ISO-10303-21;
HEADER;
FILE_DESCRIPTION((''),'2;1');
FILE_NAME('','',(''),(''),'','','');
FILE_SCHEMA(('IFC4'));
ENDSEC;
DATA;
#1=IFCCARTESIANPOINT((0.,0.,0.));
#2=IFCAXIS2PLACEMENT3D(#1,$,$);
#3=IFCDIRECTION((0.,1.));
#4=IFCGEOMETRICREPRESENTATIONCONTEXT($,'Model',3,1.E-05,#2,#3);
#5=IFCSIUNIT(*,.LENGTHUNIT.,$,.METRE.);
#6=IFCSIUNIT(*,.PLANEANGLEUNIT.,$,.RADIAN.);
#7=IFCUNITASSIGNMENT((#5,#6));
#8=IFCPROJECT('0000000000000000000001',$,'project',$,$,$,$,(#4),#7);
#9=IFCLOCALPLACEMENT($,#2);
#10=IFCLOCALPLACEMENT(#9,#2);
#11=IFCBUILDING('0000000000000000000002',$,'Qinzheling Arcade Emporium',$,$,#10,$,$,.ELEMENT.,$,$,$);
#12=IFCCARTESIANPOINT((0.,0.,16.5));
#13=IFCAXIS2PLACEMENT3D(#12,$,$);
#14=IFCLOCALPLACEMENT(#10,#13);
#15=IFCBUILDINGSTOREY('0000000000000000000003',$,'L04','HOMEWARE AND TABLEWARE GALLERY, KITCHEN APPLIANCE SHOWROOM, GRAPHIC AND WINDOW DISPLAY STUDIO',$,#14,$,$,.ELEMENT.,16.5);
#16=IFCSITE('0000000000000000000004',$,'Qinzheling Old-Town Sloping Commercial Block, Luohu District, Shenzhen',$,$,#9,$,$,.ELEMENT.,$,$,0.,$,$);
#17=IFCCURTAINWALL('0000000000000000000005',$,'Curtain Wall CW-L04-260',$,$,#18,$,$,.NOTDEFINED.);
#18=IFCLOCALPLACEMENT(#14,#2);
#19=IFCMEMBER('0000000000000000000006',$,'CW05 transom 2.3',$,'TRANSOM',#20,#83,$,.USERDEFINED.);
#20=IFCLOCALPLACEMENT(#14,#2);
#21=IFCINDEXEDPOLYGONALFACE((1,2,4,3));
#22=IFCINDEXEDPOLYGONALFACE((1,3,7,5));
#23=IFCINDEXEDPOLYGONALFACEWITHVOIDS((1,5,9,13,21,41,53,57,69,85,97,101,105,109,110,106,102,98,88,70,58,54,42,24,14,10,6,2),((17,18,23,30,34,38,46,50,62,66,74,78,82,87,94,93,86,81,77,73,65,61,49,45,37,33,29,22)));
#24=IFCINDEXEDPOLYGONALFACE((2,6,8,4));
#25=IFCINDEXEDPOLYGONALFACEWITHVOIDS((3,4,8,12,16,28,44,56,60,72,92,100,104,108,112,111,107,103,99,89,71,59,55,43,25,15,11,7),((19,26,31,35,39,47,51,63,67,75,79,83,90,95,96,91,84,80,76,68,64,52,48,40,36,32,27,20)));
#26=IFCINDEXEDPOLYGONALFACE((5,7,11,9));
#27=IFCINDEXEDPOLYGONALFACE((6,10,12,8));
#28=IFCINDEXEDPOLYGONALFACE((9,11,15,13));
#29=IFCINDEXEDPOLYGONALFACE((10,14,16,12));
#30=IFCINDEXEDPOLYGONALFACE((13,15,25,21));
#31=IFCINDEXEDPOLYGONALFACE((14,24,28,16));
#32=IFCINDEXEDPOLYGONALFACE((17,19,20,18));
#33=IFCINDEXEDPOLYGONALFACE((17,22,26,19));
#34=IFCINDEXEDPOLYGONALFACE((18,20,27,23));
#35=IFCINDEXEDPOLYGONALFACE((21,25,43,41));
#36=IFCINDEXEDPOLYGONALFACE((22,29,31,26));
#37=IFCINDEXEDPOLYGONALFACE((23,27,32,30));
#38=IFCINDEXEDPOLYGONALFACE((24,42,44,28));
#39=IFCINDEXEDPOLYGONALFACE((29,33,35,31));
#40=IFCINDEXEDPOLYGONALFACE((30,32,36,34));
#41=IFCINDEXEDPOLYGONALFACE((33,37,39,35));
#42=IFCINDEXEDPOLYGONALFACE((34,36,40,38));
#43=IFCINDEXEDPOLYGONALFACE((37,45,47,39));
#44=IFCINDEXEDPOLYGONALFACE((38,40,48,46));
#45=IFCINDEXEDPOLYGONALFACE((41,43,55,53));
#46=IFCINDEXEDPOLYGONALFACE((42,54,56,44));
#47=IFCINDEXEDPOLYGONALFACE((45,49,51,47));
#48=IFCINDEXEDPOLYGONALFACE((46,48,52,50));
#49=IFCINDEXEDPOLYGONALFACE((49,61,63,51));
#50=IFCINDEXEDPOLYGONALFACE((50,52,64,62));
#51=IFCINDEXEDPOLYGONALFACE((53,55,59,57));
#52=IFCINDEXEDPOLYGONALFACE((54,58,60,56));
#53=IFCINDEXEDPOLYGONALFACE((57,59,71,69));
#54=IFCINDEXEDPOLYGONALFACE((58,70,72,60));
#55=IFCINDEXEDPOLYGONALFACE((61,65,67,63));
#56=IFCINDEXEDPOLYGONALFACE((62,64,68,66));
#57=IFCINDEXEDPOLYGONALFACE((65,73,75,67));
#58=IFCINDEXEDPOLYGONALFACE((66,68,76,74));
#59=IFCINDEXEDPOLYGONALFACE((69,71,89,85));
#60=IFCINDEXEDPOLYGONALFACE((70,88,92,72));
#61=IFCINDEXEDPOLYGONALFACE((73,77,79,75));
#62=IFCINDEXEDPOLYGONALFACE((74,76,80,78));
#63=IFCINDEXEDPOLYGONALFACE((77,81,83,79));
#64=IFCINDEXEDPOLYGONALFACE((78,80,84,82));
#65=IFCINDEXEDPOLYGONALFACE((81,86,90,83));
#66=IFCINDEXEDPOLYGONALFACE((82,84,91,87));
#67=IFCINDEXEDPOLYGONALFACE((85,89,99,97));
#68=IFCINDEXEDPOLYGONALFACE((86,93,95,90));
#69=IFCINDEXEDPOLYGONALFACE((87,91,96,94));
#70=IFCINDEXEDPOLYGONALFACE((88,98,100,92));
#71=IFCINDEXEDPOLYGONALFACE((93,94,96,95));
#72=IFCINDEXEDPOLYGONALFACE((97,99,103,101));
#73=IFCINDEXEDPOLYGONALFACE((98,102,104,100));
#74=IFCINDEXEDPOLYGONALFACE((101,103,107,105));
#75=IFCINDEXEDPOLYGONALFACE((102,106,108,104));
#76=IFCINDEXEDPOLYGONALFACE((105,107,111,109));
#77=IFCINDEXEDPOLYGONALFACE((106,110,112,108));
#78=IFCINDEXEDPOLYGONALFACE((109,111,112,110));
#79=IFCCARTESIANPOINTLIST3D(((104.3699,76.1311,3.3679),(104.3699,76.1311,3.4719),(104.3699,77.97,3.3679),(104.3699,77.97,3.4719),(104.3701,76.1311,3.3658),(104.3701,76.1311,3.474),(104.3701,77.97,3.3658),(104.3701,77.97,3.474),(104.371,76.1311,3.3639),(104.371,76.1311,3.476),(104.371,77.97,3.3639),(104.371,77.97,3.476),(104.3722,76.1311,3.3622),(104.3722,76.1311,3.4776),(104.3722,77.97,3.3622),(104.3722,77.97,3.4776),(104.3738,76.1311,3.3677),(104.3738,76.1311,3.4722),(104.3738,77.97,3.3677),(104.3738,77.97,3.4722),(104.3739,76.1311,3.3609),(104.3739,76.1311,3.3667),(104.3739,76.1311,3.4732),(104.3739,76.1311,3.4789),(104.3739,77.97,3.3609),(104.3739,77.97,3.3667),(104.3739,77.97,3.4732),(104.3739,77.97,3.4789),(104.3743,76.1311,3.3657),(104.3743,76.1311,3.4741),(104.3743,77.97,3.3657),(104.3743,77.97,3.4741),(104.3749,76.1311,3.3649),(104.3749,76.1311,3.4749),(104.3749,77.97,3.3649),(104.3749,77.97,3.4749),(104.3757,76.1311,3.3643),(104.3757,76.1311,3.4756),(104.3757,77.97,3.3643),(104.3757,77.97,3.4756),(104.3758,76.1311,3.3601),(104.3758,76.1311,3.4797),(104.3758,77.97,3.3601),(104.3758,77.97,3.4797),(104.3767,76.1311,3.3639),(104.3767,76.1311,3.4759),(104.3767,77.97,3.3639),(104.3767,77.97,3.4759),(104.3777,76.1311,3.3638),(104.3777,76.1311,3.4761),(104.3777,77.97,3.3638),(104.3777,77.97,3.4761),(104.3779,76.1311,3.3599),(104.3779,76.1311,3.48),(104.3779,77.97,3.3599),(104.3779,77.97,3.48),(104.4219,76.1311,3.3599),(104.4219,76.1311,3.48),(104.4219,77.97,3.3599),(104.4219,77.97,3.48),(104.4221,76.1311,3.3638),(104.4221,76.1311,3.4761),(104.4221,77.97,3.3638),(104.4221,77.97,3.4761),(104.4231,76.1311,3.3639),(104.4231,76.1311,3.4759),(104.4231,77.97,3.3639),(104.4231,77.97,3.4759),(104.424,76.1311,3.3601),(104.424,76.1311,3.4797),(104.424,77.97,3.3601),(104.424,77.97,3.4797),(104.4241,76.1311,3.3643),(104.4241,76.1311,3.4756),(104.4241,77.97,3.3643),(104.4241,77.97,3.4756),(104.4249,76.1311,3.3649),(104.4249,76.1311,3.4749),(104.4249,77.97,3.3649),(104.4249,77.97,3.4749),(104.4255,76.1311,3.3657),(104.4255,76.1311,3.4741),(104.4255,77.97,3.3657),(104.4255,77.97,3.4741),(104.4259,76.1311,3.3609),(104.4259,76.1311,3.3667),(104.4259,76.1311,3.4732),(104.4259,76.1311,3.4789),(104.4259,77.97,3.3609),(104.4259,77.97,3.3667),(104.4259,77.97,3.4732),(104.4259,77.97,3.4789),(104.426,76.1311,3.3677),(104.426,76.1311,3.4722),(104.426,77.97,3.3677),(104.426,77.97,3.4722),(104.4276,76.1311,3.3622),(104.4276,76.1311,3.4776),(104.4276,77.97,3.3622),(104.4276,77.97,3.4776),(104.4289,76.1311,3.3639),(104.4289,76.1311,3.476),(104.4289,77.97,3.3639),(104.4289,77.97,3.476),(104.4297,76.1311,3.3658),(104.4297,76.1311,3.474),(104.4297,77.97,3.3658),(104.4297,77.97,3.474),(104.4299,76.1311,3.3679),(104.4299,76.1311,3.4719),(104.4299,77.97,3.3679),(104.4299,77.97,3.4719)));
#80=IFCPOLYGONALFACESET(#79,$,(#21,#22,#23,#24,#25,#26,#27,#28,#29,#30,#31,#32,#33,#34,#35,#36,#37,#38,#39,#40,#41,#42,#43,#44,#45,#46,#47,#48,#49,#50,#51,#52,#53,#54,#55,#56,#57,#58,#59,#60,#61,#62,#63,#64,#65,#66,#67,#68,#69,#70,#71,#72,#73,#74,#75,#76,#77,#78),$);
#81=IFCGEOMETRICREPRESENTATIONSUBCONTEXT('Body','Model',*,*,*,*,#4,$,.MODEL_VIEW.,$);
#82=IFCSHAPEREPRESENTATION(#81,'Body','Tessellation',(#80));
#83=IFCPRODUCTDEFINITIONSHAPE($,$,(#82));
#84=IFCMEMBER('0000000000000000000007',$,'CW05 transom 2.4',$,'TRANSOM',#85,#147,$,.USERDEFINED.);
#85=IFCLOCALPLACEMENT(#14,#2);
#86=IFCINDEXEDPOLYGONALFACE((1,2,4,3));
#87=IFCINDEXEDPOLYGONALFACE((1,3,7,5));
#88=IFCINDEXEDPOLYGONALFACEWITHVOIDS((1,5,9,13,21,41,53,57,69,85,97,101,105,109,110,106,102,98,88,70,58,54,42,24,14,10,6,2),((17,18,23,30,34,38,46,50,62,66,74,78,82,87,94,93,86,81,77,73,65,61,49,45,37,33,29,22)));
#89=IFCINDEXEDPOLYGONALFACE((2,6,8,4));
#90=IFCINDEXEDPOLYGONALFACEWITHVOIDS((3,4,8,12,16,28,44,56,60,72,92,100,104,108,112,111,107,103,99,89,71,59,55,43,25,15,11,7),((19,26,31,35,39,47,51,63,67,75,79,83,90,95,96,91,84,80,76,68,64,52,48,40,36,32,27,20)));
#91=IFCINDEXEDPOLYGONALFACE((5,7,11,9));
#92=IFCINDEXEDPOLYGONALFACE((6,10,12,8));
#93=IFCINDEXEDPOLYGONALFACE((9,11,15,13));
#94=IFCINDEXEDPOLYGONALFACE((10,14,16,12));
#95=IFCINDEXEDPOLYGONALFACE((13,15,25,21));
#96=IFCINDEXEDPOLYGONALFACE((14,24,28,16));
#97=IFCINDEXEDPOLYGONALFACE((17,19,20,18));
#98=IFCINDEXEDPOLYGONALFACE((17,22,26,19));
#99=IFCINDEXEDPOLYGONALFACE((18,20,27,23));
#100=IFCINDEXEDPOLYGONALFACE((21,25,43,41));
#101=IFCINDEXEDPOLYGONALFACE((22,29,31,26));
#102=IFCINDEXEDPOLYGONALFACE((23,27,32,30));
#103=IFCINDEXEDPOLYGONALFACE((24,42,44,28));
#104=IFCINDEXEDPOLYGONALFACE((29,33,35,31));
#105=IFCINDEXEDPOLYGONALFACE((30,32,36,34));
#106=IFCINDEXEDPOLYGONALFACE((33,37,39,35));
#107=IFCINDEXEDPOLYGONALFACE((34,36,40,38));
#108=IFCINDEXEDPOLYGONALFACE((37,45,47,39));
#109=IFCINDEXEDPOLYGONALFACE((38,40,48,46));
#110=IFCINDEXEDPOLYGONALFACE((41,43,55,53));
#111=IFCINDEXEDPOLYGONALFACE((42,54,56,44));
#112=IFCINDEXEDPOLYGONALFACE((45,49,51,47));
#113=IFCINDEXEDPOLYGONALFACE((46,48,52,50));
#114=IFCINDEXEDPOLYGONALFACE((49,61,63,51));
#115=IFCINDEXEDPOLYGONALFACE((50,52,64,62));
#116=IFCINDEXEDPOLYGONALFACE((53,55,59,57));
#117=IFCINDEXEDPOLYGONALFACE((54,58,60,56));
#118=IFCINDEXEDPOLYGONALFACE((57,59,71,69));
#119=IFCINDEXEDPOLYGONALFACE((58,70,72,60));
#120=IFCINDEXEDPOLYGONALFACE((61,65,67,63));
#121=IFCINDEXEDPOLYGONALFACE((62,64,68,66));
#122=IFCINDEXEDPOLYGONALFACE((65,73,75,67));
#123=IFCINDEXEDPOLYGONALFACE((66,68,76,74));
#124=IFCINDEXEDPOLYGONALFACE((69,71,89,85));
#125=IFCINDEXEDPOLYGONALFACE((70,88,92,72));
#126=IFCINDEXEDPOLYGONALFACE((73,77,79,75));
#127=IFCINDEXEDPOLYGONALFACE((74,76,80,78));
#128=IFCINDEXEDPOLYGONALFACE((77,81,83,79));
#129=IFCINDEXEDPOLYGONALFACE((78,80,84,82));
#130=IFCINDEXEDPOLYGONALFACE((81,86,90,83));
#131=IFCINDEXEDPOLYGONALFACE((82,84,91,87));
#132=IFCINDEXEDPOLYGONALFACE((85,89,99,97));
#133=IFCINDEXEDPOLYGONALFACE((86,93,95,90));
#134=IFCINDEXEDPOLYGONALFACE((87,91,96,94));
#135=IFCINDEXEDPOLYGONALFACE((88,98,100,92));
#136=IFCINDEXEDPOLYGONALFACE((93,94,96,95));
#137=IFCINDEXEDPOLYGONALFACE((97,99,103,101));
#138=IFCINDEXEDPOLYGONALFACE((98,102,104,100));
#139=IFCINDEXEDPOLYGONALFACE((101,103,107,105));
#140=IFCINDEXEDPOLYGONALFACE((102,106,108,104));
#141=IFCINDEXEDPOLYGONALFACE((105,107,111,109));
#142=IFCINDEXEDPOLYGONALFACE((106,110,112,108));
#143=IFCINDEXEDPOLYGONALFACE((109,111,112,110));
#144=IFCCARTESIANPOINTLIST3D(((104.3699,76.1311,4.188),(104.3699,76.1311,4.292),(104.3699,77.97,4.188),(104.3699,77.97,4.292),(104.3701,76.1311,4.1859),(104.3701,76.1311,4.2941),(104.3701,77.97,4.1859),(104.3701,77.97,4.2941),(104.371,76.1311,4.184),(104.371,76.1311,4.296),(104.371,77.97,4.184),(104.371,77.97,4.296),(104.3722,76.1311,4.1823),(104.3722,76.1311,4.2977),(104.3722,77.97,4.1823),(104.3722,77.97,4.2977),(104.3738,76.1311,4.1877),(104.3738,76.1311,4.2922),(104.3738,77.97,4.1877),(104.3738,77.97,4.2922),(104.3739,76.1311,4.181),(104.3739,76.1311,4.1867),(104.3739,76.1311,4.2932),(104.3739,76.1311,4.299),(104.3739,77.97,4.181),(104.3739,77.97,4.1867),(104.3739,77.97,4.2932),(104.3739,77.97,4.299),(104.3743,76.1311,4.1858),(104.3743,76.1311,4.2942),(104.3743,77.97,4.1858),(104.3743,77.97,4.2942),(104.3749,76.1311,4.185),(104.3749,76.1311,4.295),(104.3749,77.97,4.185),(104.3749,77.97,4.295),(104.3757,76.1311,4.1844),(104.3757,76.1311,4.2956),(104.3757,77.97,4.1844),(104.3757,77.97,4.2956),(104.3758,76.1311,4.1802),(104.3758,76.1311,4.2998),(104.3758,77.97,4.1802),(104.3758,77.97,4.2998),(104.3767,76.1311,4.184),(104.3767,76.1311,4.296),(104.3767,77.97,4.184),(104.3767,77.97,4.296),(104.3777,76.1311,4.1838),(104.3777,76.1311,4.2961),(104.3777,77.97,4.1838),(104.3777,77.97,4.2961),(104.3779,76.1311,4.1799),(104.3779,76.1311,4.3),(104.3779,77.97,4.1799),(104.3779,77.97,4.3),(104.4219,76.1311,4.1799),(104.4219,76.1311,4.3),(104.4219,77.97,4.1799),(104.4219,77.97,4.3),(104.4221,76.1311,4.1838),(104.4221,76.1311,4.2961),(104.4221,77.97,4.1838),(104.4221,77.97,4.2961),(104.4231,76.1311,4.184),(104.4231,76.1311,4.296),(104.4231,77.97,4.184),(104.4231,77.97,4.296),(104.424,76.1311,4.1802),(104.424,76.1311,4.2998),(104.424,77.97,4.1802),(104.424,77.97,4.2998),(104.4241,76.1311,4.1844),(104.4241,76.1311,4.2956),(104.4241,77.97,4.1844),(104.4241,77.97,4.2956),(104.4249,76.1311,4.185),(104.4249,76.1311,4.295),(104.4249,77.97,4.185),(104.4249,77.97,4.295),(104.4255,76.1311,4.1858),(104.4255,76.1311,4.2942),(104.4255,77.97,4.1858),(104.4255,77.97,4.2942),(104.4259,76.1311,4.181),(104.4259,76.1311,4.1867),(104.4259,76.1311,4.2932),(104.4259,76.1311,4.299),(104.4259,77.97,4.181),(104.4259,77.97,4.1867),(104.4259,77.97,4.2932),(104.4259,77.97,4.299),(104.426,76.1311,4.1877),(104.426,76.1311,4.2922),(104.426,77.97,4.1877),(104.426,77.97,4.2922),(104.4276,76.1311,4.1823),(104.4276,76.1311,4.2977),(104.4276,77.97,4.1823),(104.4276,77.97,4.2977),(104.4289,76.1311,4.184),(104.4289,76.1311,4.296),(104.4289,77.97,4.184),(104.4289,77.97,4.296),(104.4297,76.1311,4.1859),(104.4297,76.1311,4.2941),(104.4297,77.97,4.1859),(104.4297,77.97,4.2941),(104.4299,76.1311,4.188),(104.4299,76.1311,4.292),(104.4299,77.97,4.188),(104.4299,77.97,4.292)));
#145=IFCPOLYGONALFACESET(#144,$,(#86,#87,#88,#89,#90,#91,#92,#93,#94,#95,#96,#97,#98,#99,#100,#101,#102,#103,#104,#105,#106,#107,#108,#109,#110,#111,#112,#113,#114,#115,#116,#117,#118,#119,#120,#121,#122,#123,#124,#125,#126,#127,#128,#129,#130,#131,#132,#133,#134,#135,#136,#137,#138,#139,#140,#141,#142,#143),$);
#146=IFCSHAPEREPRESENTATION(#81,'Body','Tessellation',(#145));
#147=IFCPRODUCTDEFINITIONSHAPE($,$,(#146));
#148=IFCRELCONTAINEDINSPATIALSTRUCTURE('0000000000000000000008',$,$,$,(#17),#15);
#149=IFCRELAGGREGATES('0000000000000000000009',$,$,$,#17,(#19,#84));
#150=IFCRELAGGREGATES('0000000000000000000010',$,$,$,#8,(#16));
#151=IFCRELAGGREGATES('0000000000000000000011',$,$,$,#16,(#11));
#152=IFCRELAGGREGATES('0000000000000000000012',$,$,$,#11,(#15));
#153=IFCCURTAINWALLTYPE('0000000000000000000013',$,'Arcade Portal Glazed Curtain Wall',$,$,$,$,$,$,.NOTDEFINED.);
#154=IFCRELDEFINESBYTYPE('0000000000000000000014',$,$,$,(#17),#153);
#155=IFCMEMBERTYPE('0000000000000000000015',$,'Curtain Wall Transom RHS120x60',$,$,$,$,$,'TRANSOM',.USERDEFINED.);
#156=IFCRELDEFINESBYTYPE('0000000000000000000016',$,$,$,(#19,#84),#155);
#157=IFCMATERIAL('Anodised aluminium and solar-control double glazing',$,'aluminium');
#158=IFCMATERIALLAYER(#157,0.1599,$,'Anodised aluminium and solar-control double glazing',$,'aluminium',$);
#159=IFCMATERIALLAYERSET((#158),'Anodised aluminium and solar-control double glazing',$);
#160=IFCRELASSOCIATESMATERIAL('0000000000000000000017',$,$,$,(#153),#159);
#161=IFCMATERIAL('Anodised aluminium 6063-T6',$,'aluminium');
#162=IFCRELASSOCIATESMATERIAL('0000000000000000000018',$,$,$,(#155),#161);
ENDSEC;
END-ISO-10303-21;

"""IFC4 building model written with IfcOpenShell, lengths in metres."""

from ifc_helpers import new_model, si_unit, direction, frame, origin, origin_2d, place, context, subcontext, project, spatial, hollow_rectangle, extrude, material, layer, layer_set, material_profile, profile_set, type_object, element, aggregate, save


model = new_model("IFC4")

# Units and contexts
model_context = context("Model", 3, precision=1e-05, world=origin(), true_north=direction((0.0, 1.0)))
body_context = subcontext(model_context, "Body", "Model", "MODEL_VIEW")
ifc_project = project(units=[si_unit("LENGTHUNIT", "METRE"), si_unit("PLANEANGLEUNIT", "RADIAN")], contexts=[model_context])

# Site, building, storey
site_placement = place(None, origin())
site = spatial("IfcSite", under=ifc_project, at=site_placement, Name="Qinzheling Old-Town Sloping Commercial Block, Luohu District, Shenzhen", CompositionType="ELEMENT", RefElevation=0.0)
building_placement = place(site_placement, origin())
building = spatial("IfcBuilding", under=site, at=building_placement, Name="Qinzheling Arcade Emporium", CompositionType="ELEMENT")
storey_placement = place(building_placement, frame((0.0, 0.0, 16.5)))
storey = spatial("IfcBuildingStorey", under=building, at=storey_placement, Name="L04", Description="HOMEWARE AND TABLEWARE GALLERY, KITCHEN APPLIANCE SHOWROOM, GRAPHIC AND WINDOW DISPLAY STUDIO", CompositionType="ELEMENT", Elevation=16.5)

# Curtain wall
ifc_material_1 = material(Name="Anodised aluminium and solar-control double glazing", Category="aluminium")
ifc_layer_1 = layer(ifc_material_1, 0.1599, Name="Anodised aluminium and solar-control double glazing", Category="aluminium")
ifc_layer_set_1 = layer_set([ifc_layer_1], Name="Anodised aluminium and solar-control double glazing")
curtain_wall_type = type_object("IfcCurtainWallType", Name="Arcade Portal Glazed Curtain Wall", PredefinedType="NOTDEFINED", material=ifc_layer_set_1)
curtain_wall_1_placement = place(storey_placement, origin())
curtain_wall_1 = element("IfcCurtainWall", 1, at=curtain_wall_1_placement, inside=storey, type_object=curtain_wall_type, Name="Curtain Wall CW-L04-260", PredefinedType="NOTDEFINED")
ifc_material_2 = material(Name="Anodised aluminium 6063-T6", Category="aluminium")

# Members
ifc_material_profile_1 = material_profile(ifc_material_2, hollow_rectangle(XDim=0.0601, YDim=0.1201, WallThickness=0.0039, InnerFilletRadius=0.0039, OuterFilletRadius=0.0081, at=origin_2d()), Name="RHS 120x60x4", Category="aluminium")
ifc_profile_set_1 = profile_set([ifc_material_profile_1], Name="Anodised aluminium 6063-T6")
member_type_1 = type_object("IfcMemberType", Name="Curtain Wall Transom RHS120x60", ElementType="TRANSOM", PredefinedType="USERDEFINED", material=ifc_profile_set_1)
member_1_placement = place(storey_placement, frame((104.3999, 76.1311, 3.4199), z_axis=(0.0, 1.0, 0.0), x_axis=(-1.0, 0.0, 0.0)))
member_1 = element("IfcMember", 2, at=member_1_placement, type_object=member_type_1, Name="CW05 transom 2.3", ObjectType="TRANSOM", PredefinedType="USERDEFINED", context=body_context, shape_type="SweptSolid", body=[
    extrude(hollow_rectangle(XDim=0.0601, YDim=0.1201, WallThickness=0.0039, InnerFilletRadius=0.0039, OuterFilletRadius=0.0081, at=origin_2d()), origin(), (0.0, 0.0, 1.0), 1.8389),
])
member_2_placement = place(storey_placement, frame((104.3999, 76.1311, 4.24), z_axis=(0.0, 1.0, 0.0), x_axis=(-1.0, 0.0, 0.0)))
member_2 = element("IfcMember", 3, at=member_2_placement, type_object=member_type_1, Name="CW05 transom 2.4", ObjectType="TRANSOM", PredefinedType="USERDEFINED", context=body_context, shape_type="SweptSolid", body=[
    extrude(hollow_rectangle(XDim=0.0601, YDim=0.1201, WallThickness=0.0039, InnerFilletRadius=0.0039, OuterFilletRadius=0.0081, at=origin_2d()), origin(), (0.0, 0.0, 1.0), 1.8389),
])

aggregate(curtain_wall_1, [member_1, member_2])

save(model, "model.ifc")
